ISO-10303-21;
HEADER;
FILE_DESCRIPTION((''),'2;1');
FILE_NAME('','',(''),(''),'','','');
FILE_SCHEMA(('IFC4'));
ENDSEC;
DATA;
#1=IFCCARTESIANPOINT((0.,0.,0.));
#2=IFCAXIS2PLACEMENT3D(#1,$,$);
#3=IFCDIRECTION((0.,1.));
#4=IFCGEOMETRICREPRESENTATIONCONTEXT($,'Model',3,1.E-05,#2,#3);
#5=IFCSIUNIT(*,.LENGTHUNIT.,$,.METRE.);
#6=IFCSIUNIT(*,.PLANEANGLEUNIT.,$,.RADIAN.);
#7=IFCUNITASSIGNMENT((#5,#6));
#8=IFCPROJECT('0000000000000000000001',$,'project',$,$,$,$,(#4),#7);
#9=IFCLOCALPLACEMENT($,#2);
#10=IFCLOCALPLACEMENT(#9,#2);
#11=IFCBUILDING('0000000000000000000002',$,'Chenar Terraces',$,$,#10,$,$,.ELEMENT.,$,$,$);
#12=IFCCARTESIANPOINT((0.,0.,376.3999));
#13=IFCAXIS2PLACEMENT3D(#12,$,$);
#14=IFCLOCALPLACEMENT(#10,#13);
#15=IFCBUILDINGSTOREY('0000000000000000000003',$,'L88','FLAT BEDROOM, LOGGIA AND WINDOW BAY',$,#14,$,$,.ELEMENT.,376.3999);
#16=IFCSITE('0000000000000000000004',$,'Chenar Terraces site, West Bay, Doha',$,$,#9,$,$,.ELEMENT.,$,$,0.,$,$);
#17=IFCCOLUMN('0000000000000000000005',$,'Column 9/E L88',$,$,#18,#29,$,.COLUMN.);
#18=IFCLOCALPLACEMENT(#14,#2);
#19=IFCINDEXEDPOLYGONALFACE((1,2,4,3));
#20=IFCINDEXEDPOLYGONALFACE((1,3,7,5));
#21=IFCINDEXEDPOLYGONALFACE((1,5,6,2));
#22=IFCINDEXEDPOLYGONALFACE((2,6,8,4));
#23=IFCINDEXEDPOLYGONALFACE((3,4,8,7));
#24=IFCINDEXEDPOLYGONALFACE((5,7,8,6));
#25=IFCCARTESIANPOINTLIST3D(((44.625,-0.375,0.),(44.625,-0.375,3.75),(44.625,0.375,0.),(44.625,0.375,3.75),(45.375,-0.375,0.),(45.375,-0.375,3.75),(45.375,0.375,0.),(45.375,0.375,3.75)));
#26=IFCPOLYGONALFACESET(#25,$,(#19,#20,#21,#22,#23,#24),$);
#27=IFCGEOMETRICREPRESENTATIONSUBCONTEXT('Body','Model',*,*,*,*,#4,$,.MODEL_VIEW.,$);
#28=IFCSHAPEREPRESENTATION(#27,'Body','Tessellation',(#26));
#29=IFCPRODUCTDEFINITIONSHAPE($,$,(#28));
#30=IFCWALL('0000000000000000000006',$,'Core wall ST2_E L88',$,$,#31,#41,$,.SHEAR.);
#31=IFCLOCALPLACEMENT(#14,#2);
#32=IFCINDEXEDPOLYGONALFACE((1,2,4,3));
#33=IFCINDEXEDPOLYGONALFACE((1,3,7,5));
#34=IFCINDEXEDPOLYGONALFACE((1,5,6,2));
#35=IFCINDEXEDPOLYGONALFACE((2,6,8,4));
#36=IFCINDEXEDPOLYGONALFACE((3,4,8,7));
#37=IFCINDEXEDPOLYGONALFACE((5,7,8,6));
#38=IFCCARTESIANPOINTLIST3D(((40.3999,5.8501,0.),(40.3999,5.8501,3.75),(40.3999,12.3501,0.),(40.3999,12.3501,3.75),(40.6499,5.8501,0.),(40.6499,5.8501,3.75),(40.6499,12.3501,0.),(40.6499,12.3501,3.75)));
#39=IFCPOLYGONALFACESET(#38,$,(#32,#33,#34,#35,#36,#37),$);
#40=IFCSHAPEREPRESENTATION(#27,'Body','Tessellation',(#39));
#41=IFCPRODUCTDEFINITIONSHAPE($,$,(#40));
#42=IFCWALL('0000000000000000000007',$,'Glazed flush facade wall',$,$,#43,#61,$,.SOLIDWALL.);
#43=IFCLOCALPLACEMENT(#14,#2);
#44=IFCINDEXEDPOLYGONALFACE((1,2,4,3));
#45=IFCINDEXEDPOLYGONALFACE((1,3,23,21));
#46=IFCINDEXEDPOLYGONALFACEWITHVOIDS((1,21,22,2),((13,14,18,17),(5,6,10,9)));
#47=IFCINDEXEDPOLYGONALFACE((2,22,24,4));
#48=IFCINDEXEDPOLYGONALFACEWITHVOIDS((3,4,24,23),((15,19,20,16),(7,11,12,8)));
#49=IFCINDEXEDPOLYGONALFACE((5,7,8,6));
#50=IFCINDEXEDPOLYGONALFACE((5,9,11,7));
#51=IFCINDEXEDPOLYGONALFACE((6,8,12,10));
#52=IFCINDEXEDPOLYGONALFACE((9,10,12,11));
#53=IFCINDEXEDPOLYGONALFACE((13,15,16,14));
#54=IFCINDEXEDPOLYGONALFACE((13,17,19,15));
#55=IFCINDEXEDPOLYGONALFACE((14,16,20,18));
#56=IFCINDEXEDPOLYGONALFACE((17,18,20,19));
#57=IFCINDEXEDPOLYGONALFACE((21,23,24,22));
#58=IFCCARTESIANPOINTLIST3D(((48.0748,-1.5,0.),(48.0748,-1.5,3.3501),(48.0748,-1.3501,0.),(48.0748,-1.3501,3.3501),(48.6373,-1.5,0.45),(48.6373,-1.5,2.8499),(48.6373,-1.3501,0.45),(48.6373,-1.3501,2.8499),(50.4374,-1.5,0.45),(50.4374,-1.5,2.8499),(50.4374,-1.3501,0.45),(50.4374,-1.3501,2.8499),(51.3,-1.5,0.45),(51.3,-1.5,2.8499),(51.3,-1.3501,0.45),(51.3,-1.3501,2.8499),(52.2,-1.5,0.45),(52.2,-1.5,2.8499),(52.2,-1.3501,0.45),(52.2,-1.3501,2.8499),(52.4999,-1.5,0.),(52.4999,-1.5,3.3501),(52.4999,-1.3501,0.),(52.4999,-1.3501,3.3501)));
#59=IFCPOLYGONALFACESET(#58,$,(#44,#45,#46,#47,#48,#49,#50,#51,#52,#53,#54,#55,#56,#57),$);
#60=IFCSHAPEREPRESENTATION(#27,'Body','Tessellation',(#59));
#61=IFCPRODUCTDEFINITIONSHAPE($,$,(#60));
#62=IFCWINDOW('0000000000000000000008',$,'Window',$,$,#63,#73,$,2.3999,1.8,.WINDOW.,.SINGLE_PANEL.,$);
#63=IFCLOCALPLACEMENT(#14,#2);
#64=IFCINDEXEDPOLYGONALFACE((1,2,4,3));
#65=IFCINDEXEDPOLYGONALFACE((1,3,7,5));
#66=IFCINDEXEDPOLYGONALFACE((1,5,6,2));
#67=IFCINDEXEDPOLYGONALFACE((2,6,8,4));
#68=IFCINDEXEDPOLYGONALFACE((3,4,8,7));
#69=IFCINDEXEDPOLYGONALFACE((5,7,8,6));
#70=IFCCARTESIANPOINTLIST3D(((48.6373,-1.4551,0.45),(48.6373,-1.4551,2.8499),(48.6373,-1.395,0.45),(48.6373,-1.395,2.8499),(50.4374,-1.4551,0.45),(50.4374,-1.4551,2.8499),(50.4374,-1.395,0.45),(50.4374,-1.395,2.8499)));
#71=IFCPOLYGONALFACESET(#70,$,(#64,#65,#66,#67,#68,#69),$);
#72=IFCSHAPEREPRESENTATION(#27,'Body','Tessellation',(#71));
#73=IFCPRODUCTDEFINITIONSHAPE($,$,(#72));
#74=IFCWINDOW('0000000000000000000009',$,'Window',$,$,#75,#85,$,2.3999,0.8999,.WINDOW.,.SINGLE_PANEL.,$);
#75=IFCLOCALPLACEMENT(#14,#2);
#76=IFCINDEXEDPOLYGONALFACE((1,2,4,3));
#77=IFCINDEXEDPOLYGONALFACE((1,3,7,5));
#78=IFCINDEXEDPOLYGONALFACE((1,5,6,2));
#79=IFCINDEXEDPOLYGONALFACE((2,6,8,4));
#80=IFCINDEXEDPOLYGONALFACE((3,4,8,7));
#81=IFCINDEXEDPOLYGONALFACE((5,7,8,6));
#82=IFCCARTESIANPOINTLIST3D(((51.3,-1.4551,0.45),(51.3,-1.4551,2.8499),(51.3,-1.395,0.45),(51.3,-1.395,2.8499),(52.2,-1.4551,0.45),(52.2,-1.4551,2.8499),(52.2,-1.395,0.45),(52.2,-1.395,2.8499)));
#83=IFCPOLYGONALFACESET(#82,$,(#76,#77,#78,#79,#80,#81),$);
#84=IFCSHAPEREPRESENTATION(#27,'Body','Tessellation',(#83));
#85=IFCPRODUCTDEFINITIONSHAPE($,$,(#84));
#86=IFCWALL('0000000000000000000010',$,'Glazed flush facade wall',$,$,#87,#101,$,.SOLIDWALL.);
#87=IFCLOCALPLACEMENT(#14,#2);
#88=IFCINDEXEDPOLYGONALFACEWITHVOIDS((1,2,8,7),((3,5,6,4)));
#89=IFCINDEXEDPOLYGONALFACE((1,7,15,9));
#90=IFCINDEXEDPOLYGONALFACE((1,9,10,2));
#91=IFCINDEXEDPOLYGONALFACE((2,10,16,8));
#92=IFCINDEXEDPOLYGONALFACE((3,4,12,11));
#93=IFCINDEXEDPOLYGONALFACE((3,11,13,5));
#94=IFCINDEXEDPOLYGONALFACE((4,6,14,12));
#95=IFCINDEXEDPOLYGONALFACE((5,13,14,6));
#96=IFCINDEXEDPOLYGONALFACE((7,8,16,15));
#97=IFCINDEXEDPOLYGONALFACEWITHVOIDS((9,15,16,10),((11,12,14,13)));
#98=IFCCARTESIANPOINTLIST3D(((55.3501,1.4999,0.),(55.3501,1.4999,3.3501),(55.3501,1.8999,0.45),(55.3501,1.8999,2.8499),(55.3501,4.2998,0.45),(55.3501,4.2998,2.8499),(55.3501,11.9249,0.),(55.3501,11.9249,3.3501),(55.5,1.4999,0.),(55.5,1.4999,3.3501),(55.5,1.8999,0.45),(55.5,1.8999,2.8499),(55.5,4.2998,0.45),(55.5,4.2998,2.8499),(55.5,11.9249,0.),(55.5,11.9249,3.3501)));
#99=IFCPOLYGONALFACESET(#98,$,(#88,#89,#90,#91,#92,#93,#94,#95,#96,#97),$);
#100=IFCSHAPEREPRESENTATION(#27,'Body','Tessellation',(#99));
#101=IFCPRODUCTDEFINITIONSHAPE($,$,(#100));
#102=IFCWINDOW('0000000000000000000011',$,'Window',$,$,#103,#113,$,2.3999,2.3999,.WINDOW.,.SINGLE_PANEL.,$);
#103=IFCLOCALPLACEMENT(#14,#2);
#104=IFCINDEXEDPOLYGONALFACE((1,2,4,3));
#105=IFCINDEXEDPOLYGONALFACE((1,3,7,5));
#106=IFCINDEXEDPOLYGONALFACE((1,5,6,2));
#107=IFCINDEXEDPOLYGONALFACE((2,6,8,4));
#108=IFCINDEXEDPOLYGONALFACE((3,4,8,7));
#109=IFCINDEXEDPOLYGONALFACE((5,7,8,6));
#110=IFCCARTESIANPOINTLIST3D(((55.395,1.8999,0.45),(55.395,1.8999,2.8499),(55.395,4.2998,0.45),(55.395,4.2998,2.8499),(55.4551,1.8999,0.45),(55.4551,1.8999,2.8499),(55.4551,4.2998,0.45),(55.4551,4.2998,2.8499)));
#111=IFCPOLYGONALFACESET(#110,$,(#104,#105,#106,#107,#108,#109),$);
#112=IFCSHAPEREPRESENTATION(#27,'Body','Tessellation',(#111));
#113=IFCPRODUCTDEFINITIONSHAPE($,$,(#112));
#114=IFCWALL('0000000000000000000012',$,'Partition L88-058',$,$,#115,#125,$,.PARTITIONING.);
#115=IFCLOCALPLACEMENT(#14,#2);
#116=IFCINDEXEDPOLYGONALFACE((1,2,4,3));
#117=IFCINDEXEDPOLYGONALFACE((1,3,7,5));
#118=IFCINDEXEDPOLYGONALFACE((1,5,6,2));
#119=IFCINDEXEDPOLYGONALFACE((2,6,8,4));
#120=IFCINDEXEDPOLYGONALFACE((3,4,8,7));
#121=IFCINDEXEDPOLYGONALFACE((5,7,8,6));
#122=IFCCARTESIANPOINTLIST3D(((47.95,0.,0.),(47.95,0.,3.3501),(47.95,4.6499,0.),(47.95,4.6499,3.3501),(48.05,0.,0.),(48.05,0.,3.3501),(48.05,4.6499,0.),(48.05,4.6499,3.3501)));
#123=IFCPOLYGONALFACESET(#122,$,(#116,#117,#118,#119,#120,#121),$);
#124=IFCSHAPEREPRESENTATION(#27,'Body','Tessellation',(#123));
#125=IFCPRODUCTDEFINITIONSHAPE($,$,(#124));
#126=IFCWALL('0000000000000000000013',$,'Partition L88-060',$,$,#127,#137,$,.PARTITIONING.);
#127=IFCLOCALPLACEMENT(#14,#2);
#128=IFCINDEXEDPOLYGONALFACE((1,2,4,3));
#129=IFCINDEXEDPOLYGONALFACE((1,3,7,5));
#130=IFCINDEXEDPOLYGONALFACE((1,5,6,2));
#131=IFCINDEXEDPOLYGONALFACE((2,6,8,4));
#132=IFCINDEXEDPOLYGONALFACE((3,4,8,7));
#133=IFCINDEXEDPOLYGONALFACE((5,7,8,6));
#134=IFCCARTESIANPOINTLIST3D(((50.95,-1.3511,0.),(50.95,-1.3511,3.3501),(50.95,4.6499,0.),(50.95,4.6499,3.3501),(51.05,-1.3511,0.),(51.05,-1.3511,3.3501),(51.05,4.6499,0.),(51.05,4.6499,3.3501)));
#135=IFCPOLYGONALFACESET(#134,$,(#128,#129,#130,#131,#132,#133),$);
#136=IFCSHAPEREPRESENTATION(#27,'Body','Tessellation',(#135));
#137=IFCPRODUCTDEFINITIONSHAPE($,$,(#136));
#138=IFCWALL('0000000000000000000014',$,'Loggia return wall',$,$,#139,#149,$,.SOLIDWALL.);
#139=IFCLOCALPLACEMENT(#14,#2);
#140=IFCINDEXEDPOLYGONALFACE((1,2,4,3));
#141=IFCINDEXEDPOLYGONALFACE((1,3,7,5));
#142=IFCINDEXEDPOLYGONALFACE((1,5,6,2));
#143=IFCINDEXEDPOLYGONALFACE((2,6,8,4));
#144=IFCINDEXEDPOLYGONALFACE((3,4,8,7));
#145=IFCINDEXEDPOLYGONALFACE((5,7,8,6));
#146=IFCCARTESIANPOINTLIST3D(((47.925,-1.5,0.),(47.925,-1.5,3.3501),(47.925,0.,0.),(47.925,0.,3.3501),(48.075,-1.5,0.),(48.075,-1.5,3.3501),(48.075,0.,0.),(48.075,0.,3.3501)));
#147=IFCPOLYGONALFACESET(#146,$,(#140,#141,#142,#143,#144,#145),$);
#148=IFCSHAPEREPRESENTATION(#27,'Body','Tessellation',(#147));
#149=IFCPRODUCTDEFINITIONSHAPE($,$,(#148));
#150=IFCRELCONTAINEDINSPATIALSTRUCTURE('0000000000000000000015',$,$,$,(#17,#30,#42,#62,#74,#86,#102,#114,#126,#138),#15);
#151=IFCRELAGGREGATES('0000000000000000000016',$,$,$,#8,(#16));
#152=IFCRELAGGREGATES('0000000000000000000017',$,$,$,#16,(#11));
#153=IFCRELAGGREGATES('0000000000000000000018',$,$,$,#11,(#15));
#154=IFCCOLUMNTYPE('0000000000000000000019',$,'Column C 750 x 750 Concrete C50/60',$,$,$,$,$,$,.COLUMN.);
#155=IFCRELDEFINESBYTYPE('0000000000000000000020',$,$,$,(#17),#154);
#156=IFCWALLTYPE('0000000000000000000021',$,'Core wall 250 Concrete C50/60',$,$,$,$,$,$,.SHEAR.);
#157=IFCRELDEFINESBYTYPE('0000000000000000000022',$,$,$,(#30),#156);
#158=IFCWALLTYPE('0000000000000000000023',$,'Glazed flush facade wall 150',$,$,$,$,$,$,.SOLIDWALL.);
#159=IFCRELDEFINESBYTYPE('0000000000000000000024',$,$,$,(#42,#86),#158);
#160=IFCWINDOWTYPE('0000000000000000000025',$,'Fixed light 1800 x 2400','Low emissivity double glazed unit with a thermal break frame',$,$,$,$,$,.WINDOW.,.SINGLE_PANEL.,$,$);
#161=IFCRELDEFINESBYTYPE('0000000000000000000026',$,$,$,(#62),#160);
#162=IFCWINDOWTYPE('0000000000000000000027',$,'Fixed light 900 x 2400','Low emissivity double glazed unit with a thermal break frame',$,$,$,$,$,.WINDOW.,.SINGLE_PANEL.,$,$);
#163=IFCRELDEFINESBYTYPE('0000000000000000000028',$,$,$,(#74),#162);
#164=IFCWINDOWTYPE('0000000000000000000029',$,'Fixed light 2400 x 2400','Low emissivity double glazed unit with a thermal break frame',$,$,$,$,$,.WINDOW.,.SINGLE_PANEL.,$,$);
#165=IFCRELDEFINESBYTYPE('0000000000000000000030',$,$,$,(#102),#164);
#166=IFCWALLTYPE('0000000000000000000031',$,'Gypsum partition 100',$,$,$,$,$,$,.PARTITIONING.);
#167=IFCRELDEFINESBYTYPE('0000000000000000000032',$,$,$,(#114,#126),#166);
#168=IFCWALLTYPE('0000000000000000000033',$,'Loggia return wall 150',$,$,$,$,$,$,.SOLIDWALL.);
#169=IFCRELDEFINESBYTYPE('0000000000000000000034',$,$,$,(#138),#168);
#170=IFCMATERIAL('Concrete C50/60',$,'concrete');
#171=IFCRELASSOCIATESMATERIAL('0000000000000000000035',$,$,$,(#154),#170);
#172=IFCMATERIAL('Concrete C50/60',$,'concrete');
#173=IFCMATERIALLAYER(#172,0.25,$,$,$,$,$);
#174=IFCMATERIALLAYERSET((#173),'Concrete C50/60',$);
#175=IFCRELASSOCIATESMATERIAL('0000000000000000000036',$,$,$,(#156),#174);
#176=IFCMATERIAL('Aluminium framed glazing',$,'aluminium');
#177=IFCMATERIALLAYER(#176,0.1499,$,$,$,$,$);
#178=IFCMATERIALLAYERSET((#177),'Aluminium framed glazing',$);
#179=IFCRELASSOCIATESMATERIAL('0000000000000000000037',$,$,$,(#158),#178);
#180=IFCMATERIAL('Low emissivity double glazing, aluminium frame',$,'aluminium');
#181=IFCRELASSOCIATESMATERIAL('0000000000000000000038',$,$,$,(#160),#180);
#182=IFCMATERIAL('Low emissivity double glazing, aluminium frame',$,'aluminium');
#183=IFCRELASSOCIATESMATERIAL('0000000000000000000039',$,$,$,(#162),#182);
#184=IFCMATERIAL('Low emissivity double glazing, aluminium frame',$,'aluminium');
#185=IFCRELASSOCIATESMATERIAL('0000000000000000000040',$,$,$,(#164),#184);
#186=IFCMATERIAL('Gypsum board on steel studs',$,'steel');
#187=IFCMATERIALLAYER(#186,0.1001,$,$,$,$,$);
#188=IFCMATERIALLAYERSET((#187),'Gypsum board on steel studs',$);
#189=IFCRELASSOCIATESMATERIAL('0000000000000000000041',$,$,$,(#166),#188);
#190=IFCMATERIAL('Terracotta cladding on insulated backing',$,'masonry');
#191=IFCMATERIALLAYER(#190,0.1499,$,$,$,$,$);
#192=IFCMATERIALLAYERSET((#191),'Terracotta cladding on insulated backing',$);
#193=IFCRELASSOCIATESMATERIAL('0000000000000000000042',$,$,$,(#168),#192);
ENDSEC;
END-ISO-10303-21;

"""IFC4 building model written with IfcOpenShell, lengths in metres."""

from ifc_helpers import new_model, si_unit, direction, frame, frame_2d, origin, origin_2d, place, context, subcontext, project, spatial, rectangle, extrude, material, layer, layer_set, material_profile, profile_set, type_object, element, fill, save


model = new_model("IFC4")

# Units and contexts
model_context = context("Model", 3, precision=1e-05, world=origin(), true_north=direction((0.0, 1.0)))
body_context = subcontext(model_context, "Body", "Model", "MODEL_VIEW")
ifc_project = project(units=[si_unit("LENGTHUNIT", "METRE"), si_unit("PLANEANGLEUNIT", "RADIAN")], contexts=[model_context])

# Site, building, storey
site_placement = place(None, origin())
site = spatial("IfcSite", under=ifc_project, at=site_placement, Name="Chenar Terraces site, West Bay, Doha", CompositionType="ELEMENT", RefElevation=0.0)
building_placement = place(site_placement, origin())
building = spatial("IfcBuilding", under=site, at=building_placement, Name="Chenar Terraces", CompositionType="ELEMENT")
storey_placement = place(building_placement, frame((0.0, 0.0, 376.3999)))
storey = spatial("IfcBuildingStorey", under=building, at=storey_placement, Name="L88", Description="FLAT BEDROOM, LOGGIA AND WINDOW BAY", CompositionType="ELEMENT", Elevation=376.3999)

# Column
ifc_material_1 = material(Name="Concrete C50/60", Category="concrete")
ifc_material_profile_1 = material_profile(ifc_material_1, rectangle(XDim=0.75, YDim=0.75, at=origin_2d()), Name="C 750 x 750")
ifc_profile_set_1 = profile_set([ifc_material_profile_1], Name="Concrete C50/60")
column_type = type_object("IfcColumnType", Name="Column C 750 x 750 Concrete C50/60", PredefinedType="COLUMN", material=ifc_profile_set_1)
column_placement = place(storey_placement, frame((45.0, 0.0, 0.0), z_axis=(0.0, 0.0, 1.0), x_axis=(1.0, 0.0, 0.0)))
element("IfcColumn", 1, at=column_placement, inside=storey, type_object=column_type, Name="Column 9/E L88", PredefinedType="COLUMN", context=body_context, shape_type="SweptSolid", body=[
    extrude(rectangle(XDim=0.75, YDim=0.75, at=origin_2d()), origin(), (0.0, 0.0, 1.0), 3.75),
])

# Wall
ifc_material_2 = material(Name="Concrete C50/60", Category="concrete")
ifc_layer_1 = layer(ifc_material_2, 0.25)
ifc_layer_set_1 = layer_set([ifc_layer_1], Name="Concrete C50/60")
wall_type_1 = type_object("IfcWallType", Name="Core wall 250 Concrete C50/60", PredefinedType="SHEAR", material=ifc_layer_set_1)
wall_1_placement = place(storey_placement, frame((40.5249, 5.8501, 0.0), z_axis=(0.0, 0.0, 1.0), x_axis=(0.0, 1.0, 0.0)))
element("IfcWall", 2, at=wall_1_placement, inside=storey, type_object=wall_type_1, Name="Core wall ST2_E L88", PredefinedType="SHEAR", context=body_context, shape_type="SweptSolid", body=[
    extrude(rectangle(XDim=6.5, YDim=0.25, at=frame_2d((3.25, 0.0))), origin(), (0.0, 0.0, 1.0), 3.75),
])

# Wall, openings, windows
ifc_material_3 = material(Name="Aluminium framed glazing", Category="aluminium")
ifc_layer_2 = layer(ifc_material_3, 0.1499)
ifc_layer_set_2 = layer_set([ifc_layer_2], Name="Aluminium framed glazing")
wall_type_2 = type_object("IfcWallType", Name="Glazed flush facade wall 150", PredefinedType="SOLIDWALL", material=ifc_layer_set_2)
wall_2_placement = place(storey_placement, frame((48.075, -1.425, 0.0), z_axis=(0.0, 0.0, 1.0), x_axis=(1.0, 0.0, 0.0)))
wall_2 = element("IfcWall", 3, at=wall_2_placement, inside=storey, type_object=wall_type_2, Name="Glazed flush facade wall", PredefinedType="SOLIDWALL", context=body_context, shape_type="SweptSolid", body=[
    extrude(rectangle(XDim=4.425, YDim=0.1499, at=frame_2d((2.2124, 0.0))), origin(), (0.0, 0.0, 1.0), 3.3501),
])
opening_1_placement = place(wall_2_placement, frame((0.5625, 0.0, 0.45)))
opening_1 = element("IfcOpeningElement", 4, at=opening_1_placement, cuts=wall_2, PredefinedType="OPENING", context=body_context, shape_type="SweptSolid", body=[
    extrude(rectangle(XDim=1.8, YDim=2.3999, at=frame_2d((0.8999, 1.2))), frame((0.0, 0.085, 0.0), z_axis=(0.0, -1.0, 0.0), x_axis=(1.0, 0.0, 0.0)), (0.0, 0.0, 1.0), 0.1699),
])
opening_2_placement = place(wall_2_placement, frame((3.2251, 0.0, 0.45)))
opening_2 = element("IfcOpeningElement", 5, at=opening_2_placement, cuts=wall_2, PredefinedType="OPENING", context=body_context, shape_type="SweptSolid", body=[
    extrude(rectangle(XDim=0.8999, YDim=2.3999, at=frame_2d((0.45, 1.2))), frame((0.0, 0.085, 0.0), z_axis=(0.0, -1.0, 0.0), x_axis=(1.0, 0.0, 0.0)), (0.0, 0.0, 1.0), 0.1699),
])
ifc_material_4 = material(Name="Low emissivity double glazing, aluminium frame", Category="aluminium")
window_type_1 = type_object("IfcWindowType", Name="Fixed light 1800 x 2400", Description="Low emissivity double glazed unit with a thermal break frame", PartitioningType="SINGLE_PANEL", PredefinedType="WINDOW", material=ifc_material_4)
window_1_placement = place(opening_1_placement, origin())
window_1 = element("IfcWindow", 6, at=window_1_placement, inside=storey, type_object=window_type_1, Name="Window", OverallHeight=2.3999, OverallWidth=1.8, PartitioningType="SINGLE_PANEL", PredefinedType="WINDOW", context=body_context, shape_type="SweptSolid", body=[
    extrude(rectangle(XDim=1.8, YDim=2.3999, at=frame_2d((0.8999, 1.2))), frame((0.0, 0.03, 0.0), z_axis=(0.0, -1.0, 0.0), x_axis=(1.0, 0.0, 0.0)), (0.0, 0.0, 1.0), 0.0601),
])
fill(opening_1, window_1)
ifc_material_5 = material(Name="Low emissivity double glazing, aluminium frame", Category="aluminium")
window_type_2 = type_object("IfcWindowType", Name="Fixed light 900 x 2400", Description="Low emissivity double glazed unit with a thermal break frame", PartitioningType="SINGLE_PANEL", PredefinedType="WINDOW", material=ifc_material_5)
window_2_placement = place(opening_2_placement, origin())
window_2 = element("IfcWindow", 7, at=window_2_placement, inside=storey, type_object=window_type_2, Name="Window", OverallHeight=2.3999, OverallWidth=0.8999, PartitioningType="SINGLE_PANEL", PredefinedType="WINDOW", context=body_context, shape_type="SweptSolid", body=[
    extrude(rectangle(XDim=0.8999, YDim=2.3999, at=frame_2d((0.45, 1.2))), frame((0.0, 0.03, 0.0), z_axis=(0.0, -1.0, 0.0), x_axis=(1.0, 0.0, 0.0)), (0.0, 0.0, 1.0), 0.0601),
])
fill(opening_2, window_2)

# Wall, opening, window
wall_3_placement = place(storey_placement, frame((55.425, 1.5, 0.0), z_axis=(0.0, 0.0, 1.0), x_axis=(0.0, 1.0, 0.0)))
wall_3 = element("IfcWall", 8, at=wall_3_placement, inside=storey, type_object=wall_type_2, Name="Glazed flush facade wall", PredefinedType="SOLIDWALL", context=body_context, shape_type="SweptSolid", body=[
    extrude(rectangle(XDim=10.425, YDim=0.1499, at=frame_2d((5.2124, 0.0))), origin(), (0.0, 0.0, 1.0), 3.3501),
])
opening_3_placement = place(wall_3_placement, frame((0.3999, 0.0, 0.45)))
opening_3 = element("IfcOpeningElement", 9, at=opening_3_placement, cuts=wall_3, PredefinedType="OPENING", context=body_context, shape_type="SweptSolid", body=[
    extrude(rectangle(XDim=2.3999, YDim=2.3999, at=frame_2d((1.2, 1.2))), frame((0.0, 0.085, 0.0), z_axis=(0.0, -1.0, 0.0), x_axis=(1.0, 0.0, 0.0)), (0.0, 0.0, 1.0), 0.1699),
])
ifc_material_6 = material(Name="Low emissivity double glazing, aluminium frame", Category="aluminium")
window_type_3 = type_object("IfcWindowType", Name="Fixed light 2400 x 2400", Description="Low emissivity double glazed unit with a thermal break frame", PartitioningType="SINGLE_PANEL", PredefinedType="WINDOW", material=ifc_material_6)
window_3_placement = place(opening_3_placement, origin())
window_3 = element("IfcWindow", 10, at=window_3_placement, inside=storey, type_object=window_type_3, Name="Window", OverallHeight=2.3999, OverallWidth=2.3999, PartitioningType="SINGLE_PANEL", PredefinedType="WINDOW", context=body_context, shape_type="SweptSolid", body=[
    extrude(rectangle(XDim=2.3999, YDim=2.3999, at=frame_2d((1.2, 1.2))), frame((0.0, 0.03, 0.0), z_axis=(0.0, -1.0, 0.0), x_axis=(1.0, 0.0, 0.0)), (0.0, 0.0, 1.0), 0.0601),
])
fill(opening_3, window_3)

# Walls
ifc_material_7 = material(Name="Gypsum board on steel studs", Category="steel")
ifc_layer_3 = layer(ifc_material_7, 0.1001)
ifc_layer_set_3 = layer_set([ifc_layer_3], Name="Gypsum board on steel studs")
wall_type_3 = type_object("IfcWallType", Name="Gypsum partition 100", PredefinedType="PARTITIONING", material=ifc_layer_set_3)
wall_4_placement = place(storey_placement, frame((48.0, 0.0, 0.0), z_axis=(0.0, 0.0, 1.0), x_axis=(0.0, 1.0, 0.0)))
element("IfcWall", 11, at=wall_4_placement, inside=storey, type_object=wall_type_3, Name="Partition L88-058", PredefinedType="PARTITIONING", context=body_context, shape_type="SweptSolid", body=[
    extrude(rectangle(XDim=4.6499, YDim=0.1001, at=frame_2d((2.325, 0.0))), origin(), (0.0, 0.0, 1.0), 3.3501),
])
wall_5_placement = place(storey_placement, frame((51.0, -1.3511, 0.0), z_axis=(0.0, 0.0, 1.0), x_axis=(0.0, 1.0, 0.0)))
element("IfcWall", 12, at=wall_5_placement, inside=storey, type_object=wall_type_3, Name="Partition L88-060", PredefinedType="PARTITIONING", context=body_context, shape_type="SweptSolid", body=[
    extrude(rectangle(XDim=6.001, YDim=0.1001, at=frame_2d((3.0005, 0.0))), origin(), (0.0, 0.0, 1.0), 3.3501),
])
ifc_material_8 = material(Name="Terracotta cladding on insulated backing", Category="masonry")
ifc_layer_4 = layer(ifc_material_8, 0.1499)
ifc_layer_set_4 = layer_set([ifc_layer_4], Name="Terracotta cladding on insulated backing")
wall_type_4 = type_object("IfcWallType", Name="Loggia return wall 150", PredefinedType="SOLIDWALL", material=ifc_layer_set_4)
wall_6_placement = place(storey_placement, frame((48.0, -1.5, 0.0), z_axis=(0.0, 0.0, 1.0), x_axis=(0.0, 1.0, 0.0)))
element("IfcWall", 13, at=wall_6_placement, inside=storey, type_object=wall_type_4, Name="Loggia return wall", PredefinedType="SOLIDWALL", context=body_context, shape_type="SweptSolid", body=[
    extrude(rectangle(XDim=1.5, YDim=0.1499, at=frame_2d((0.75, 0.0))), origin(), (0.0, 0.0, 1.0), 3.3501),
])

save(model, "model.ifc")
